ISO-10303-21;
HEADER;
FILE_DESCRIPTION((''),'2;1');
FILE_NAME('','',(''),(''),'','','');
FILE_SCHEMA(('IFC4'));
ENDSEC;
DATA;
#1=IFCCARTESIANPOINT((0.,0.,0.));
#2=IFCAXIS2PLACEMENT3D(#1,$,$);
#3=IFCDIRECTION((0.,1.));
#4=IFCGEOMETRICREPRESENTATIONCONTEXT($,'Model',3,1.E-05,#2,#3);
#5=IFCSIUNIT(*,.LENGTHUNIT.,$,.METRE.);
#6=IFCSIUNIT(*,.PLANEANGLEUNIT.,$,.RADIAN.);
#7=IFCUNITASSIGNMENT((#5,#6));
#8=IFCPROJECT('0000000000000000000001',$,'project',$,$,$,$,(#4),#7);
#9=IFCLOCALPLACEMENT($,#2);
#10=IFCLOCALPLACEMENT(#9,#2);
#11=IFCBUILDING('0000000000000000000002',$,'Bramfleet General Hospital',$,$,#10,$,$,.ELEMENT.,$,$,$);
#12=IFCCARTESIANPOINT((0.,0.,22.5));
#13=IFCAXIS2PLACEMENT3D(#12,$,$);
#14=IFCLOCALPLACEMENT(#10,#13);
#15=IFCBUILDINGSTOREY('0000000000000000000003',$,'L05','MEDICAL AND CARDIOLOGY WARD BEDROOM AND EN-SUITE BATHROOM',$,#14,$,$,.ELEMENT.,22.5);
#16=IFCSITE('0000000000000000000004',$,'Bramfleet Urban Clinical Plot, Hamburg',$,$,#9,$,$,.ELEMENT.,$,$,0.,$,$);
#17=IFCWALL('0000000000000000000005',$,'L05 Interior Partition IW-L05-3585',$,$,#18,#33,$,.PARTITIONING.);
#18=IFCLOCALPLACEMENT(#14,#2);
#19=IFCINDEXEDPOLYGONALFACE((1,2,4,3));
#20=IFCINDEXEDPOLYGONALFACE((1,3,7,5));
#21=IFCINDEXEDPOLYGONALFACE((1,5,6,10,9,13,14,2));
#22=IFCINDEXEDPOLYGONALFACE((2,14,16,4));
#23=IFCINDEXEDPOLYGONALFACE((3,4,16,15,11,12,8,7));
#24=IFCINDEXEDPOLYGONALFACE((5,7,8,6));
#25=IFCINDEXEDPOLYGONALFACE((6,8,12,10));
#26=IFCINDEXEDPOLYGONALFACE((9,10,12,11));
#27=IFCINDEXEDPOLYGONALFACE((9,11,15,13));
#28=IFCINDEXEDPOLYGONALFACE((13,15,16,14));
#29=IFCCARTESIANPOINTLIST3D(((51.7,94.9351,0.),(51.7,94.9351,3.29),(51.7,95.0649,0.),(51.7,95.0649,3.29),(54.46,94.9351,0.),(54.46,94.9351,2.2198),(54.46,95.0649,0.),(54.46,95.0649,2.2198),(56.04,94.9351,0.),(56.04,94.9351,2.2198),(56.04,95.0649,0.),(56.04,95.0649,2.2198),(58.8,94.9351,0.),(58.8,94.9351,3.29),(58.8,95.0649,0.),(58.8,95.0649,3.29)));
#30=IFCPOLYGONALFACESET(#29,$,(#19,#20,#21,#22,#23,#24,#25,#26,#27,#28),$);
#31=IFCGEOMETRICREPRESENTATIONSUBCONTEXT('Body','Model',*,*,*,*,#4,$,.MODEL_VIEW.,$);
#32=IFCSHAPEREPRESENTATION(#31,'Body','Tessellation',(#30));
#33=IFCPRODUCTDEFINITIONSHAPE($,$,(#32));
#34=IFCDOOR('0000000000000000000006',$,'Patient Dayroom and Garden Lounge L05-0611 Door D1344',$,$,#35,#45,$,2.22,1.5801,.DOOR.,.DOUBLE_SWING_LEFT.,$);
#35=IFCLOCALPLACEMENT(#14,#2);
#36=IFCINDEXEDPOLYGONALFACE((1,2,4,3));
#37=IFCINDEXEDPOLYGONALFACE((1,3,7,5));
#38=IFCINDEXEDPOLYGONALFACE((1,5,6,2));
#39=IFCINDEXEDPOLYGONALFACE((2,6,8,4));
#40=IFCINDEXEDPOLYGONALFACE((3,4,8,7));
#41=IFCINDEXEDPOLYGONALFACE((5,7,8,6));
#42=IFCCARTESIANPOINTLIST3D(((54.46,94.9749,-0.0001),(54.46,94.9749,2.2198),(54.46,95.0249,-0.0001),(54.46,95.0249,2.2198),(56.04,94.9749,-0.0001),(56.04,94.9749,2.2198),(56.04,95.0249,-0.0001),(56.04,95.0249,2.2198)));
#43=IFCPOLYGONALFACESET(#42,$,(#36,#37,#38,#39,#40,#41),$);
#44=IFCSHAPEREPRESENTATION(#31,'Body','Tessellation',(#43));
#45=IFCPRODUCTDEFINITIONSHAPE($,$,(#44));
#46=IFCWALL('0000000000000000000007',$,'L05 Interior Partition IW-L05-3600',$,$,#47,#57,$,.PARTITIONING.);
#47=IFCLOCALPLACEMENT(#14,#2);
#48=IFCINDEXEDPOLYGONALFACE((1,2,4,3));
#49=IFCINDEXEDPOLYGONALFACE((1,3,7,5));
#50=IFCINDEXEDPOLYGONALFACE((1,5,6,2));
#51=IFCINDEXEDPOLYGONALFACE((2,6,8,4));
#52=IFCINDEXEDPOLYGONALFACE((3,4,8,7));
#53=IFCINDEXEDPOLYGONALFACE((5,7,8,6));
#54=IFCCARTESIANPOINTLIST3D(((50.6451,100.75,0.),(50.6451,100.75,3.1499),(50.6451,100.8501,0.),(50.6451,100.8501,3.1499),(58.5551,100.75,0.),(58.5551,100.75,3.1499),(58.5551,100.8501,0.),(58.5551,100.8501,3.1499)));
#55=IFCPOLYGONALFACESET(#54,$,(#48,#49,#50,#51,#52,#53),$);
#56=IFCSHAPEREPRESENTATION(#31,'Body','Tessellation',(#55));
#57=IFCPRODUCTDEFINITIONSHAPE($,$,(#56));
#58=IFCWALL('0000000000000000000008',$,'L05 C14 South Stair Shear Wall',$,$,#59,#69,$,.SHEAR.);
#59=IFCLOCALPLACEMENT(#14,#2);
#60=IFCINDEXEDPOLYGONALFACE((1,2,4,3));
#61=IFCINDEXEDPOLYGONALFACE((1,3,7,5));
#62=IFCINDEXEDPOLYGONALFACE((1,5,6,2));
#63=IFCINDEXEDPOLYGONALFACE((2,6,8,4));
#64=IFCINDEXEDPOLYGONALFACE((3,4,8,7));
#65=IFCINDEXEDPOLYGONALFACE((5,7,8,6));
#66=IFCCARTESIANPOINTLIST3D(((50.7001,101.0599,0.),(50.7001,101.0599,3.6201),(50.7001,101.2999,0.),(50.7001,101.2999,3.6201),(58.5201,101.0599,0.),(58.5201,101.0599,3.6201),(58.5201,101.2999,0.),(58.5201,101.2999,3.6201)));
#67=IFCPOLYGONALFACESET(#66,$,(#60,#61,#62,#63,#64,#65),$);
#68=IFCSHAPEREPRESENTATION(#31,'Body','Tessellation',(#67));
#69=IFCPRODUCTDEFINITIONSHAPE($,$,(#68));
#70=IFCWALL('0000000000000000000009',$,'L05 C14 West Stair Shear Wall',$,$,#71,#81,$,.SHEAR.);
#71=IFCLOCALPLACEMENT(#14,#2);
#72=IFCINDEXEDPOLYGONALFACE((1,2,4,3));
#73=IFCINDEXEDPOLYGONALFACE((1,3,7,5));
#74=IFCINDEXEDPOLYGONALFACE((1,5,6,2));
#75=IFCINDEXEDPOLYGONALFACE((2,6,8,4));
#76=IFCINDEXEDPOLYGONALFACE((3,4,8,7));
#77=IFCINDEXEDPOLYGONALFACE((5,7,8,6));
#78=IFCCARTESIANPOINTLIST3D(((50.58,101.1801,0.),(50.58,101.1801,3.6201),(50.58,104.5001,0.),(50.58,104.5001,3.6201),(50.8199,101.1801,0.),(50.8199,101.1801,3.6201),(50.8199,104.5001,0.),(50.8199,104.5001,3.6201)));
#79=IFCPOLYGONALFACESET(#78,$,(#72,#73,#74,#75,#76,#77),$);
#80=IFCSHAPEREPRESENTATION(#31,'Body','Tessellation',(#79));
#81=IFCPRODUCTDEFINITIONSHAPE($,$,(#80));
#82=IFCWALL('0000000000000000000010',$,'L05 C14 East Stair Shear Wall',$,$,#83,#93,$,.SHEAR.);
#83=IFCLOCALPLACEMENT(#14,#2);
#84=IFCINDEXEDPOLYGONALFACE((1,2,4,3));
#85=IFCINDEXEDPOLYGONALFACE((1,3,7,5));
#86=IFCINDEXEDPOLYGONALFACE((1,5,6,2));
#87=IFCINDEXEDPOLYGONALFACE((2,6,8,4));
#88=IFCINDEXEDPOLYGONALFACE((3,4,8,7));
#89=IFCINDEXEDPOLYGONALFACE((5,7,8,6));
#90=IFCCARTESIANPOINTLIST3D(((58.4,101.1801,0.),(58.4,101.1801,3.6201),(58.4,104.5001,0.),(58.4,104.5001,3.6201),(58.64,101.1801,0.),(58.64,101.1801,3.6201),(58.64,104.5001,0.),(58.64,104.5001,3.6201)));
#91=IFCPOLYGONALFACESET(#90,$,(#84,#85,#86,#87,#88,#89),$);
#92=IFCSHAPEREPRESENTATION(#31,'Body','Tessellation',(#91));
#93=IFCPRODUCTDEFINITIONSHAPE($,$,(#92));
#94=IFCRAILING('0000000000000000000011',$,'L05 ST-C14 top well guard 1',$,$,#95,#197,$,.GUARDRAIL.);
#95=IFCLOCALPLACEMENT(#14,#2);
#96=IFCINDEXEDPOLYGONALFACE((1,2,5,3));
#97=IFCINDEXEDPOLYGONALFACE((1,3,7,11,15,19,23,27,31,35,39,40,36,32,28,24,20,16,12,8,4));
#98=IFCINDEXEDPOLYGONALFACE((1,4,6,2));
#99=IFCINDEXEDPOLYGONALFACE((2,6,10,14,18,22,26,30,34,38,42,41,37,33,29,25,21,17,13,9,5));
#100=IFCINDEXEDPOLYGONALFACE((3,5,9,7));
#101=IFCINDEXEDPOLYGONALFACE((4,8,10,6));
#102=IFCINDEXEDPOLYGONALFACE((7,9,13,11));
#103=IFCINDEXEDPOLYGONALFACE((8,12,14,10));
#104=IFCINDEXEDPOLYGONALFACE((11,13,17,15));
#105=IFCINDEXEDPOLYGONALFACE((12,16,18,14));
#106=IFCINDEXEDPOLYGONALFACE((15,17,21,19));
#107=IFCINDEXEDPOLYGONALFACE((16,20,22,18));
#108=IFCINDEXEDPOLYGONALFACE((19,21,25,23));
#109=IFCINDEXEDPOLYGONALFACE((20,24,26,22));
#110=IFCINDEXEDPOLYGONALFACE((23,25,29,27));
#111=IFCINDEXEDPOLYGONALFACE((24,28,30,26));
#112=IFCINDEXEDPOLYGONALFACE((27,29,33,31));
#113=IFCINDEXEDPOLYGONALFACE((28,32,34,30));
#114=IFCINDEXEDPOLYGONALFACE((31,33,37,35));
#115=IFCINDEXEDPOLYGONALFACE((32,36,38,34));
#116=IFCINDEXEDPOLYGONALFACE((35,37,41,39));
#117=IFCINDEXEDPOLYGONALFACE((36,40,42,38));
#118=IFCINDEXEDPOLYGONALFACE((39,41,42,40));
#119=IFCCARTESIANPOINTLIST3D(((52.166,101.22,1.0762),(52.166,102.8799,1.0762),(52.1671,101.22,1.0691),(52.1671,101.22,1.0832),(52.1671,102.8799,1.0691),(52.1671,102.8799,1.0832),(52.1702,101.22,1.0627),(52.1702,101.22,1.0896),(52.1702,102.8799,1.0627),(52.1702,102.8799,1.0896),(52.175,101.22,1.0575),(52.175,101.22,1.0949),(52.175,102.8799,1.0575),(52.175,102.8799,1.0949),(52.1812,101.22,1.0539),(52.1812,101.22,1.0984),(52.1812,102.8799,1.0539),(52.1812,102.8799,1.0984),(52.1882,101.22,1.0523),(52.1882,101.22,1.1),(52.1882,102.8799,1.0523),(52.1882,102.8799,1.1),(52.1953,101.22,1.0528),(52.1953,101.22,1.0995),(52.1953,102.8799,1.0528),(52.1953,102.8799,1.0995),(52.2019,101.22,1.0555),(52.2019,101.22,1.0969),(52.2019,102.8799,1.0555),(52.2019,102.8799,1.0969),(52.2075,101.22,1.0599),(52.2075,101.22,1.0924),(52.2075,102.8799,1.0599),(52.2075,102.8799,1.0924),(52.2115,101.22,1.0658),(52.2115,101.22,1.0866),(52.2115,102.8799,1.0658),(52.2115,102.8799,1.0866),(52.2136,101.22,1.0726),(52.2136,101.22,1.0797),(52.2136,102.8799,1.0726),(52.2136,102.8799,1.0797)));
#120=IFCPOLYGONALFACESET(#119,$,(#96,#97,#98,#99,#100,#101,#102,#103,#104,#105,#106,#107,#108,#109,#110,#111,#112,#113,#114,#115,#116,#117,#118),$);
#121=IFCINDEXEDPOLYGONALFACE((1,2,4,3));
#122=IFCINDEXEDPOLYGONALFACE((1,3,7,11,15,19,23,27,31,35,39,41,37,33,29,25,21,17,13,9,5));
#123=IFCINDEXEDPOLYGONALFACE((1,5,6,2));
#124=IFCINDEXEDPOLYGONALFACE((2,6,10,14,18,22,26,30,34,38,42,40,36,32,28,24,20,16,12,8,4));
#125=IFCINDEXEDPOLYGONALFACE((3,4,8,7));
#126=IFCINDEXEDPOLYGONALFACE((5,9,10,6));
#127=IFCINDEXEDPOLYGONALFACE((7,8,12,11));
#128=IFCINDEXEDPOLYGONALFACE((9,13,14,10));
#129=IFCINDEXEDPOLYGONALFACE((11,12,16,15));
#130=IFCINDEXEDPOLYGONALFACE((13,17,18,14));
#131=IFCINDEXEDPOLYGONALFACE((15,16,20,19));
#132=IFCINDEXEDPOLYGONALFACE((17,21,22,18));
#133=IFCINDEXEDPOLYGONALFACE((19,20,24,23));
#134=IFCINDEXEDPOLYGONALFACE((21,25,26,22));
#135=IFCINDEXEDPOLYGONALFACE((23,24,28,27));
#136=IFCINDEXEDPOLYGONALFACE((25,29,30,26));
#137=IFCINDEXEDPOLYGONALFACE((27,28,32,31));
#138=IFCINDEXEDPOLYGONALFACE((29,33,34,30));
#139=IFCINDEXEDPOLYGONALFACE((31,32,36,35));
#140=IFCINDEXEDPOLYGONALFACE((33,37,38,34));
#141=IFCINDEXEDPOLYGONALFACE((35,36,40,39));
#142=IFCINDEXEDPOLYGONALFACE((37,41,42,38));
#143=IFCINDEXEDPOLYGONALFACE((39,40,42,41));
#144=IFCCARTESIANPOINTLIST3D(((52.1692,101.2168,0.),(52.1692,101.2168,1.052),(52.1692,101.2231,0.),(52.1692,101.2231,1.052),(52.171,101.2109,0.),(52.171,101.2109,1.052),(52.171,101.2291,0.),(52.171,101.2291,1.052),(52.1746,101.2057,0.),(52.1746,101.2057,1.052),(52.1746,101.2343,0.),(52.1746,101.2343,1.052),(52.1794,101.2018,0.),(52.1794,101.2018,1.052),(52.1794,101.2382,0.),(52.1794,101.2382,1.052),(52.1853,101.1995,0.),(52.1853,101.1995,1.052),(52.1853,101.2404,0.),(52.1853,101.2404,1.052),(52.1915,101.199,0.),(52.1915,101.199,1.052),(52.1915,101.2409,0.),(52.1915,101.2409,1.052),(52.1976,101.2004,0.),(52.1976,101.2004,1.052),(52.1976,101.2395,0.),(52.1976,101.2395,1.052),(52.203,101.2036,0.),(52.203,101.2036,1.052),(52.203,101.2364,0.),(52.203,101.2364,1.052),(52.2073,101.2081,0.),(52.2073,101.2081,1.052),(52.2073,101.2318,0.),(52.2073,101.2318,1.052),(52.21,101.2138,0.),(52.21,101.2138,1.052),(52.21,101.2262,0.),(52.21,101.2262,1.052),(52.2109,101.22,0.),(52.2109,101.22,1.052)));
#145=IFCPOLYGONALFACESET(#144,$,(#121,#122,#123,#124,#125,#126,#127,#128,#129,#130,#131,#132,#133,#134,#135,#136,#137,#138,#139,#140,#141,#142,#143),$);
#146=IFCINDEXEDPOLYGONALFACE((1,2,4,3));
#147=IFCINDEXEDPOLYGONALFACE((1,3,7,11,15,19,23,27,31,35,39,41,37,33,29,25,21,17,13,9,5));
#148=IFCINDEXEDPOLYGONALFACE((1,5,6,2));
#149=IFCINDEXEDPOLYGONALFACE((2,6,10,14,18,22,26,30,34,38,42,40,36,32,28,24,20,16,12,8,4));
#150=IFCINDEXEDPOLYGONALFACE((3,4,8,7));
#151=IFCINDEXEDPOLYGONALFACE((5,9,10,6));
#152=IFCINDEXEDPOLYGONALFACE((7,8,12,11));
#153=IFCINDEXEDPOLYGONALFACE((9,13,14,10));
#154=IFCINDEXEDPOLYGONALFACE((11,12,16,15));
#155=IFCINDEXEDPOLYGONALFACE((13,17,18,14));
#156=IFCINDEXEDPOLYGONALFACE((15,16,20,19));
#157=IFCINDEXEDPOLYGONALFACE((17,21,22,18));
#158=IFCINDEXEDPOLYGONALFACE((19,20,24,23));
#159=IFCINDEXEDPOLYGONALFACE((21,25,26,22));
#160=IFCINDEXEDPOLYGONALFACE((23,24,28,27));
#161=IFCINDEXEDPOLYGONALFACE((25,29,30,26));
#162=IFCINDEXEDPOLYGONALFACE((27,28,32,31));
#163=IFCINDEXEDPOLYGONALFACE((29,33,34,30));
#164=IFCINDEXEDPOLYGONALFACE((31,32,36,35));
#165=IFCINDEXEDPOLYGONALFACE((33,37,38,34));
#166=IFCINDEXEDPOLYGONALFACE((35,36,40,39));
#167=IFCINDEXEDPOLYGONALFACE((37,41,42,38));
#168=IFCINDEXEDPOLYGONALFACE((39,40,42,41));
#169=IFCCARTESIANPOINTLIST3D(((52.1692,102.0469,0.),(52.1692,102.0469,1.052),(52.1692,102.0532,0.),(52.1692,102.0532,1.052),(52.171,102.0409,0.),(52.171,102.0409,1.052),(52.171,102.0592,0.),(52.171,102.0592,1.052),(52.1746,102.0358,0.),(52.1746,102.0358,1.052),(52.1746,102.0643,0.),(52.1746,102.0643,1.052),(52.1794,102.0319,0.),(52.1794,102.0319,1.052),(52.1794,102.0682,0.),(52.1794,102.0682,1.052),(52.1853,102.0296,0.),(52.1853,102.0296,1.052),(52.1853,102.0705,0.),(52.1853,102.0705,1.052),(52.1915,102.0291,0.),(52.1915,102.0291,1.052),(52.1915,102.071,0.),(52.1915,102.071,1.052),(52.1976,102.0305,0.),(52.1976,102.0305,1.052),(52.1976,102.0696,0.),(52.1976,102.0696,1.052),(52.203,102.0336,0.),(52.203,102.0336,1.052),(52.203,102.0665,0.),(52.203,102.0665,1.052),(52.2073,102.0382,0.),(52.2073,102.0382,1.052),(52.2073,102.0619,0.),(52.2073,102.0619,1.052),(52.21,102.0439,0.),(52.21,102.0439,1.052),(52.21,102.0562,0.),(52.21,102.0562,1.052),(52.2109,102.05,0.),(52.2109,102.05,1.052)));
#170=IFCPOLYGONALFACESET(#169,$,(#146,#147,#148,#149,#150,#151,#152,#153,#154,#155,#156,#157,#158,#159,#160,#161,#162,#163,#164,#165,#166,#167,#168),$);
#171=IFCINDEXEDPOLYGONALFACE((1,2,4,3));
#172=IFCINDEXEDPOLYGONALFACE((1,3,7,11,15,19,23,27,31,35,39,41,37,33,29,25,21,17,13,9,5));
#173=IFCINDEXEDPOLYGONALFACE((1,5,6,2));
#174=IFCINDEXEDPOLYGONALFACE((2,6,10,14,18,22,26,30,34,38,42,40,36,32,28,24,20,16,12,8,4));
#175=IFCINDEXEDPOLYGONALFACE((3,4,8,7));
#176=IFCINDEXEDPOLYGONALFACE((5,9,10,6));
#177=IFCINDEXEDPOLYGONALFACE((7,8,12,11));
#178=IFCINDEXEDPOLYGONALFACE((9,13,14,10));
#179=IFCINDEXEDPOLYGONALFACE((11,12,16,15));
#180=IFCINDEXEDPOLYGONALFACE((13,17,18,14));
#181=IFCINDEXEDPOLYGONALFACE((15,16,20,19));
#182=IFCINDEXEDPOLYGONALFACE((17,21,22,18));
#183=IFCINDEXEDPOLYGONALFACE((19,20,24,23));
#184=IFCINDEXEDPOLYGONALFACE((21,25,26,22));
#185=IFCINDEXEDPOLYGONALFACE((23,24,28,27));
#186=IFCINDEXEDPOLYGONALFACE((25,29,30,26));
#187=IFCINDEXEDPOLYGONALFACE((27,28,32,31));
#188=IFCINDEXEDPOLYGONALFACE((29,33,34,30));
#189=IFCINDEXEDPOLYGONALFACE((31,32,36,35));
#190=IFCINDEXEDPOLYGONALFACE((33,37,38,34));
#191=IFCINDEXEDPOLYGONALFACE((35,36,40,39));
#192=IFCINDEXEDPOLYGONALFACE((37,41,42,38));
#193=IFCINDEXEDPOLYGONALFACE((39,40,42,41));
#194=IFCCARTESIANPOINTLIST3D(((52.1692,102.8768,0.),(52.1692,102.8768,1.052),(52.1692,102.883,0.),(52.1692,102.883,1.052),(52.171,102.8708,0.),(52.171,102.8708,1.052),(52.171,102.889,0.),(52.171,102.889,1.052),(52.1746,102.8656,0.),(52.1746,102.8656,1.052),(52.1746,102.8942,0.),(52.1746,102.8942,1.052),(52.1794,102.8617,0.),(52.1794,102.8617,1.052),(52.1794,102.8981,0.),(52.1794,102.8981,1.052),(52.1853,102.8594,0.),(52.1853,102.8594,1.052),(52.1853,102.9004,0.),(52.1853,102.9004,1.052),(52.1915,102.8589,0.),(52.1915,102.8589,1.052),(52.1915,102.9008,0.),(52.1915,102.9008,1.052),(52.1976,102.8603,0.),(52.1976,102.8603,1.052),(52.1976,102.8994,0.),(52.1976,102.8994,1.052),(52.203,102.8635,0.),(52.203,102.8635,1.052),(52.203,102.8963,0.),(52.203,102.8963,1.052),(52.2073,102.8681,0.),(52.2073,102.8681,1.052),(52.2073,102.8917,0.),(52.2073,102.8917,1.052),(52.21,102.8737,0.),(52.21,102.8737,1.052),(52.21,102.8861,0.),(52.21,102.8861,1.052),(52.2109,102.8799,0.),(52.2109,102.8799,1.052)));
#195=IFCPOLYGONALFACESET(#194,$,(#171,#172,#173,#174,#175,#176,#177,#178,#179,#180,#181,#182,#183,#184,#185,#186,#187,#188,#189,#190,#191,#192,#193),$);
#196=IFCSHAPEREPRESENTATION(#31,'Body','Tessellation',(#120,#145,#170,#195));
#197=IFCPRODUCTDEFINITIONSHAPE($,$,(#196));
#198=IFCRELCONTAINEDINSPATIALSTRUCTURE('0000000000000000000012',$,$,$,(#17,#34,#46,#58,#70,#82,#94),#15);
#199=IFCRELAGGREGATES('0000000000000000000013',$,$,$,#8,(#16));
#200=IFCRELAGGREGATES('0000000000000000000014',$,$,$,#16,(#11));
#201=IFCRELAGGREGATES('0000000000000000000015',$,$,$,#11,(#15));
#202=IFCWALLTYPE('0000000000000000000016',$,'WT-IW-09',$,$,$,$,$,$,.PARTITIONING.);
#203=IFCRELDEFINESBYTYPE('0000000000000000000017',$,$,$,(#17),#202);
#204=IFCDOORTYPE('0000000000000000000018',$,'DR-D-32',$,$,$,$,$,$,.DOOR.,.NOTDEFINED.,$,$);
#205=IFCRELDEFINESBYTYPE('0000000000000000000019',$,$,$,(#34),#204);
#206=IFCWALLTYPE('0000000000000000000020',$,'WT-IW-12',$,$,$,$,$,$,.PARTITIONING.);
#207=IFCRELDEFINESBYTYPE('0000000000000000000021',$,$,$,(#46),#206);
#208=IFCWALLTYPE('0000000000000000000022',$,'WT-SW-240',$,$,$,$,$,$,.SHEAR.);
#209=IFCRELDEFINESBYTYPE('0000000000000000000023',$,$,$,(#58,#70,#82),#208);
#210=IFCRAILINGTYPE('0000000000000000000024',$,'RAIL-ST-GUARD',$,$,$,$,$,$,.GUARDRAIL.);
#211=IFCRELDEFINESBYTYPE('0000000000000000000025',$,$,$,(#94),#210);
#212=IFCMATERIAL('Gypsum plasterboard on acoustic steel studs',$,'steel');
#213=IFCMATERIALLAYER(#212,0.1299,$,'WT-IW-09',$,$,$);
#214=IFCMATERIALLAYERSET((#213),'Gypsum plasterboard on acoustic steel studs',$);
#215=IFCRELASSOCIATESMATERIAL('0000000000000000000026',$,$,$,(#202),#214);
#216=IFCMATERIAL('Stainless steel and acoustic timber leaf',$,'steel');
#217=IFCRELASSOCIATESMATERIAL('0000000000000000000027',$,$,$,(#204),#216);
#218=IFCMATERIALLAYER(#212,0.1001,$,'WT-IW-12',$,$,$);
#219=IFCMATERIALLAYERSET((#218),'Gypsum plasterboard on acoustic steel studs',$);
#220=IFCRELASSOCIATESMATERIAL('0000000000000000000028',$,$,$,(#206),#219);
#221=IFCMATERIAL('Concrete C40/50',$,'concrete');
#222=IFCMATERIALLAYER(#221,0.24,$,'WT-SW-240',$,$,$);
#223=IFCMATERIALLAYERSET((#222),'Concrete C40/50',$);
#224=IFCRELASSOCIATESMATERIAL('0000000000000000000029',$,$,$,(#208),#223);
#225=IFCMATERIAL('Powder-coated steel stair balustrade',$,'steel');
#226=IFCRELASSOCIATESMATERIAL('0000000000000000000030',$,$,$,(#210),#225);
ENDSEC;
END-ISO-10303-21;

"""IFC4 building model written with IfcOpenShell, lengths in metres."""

from ifc_helpers import new_model, si_unit, direction, frame, frame_2d, origin, origin_2d, place, context, subcontext, project, spatial, rectangle, circle, extrude, material, layer, layer_set, type_object, element, fill, save


model = new_model("IFC4")

# Units and contexts
model_context = context("Model", 3, precision=1e-05, world=origin(), true_north=direction((0.0, 1.0)))
body_context = subcontext(model_context, "Body", "Model", "MODEL_VIEW")
ifc_project = project(units=[si_unit("LENGTHUNIT", "METRE"), si_unit("PLANEANGLEUNIT", "RADIAN")], contexts=[model_context])

# Site, building, storey
site_placement = place(None, origin())
site = spatial("IfcSite", under=ifc_project, at=site_placement, Name="Bramfleet Urban Clinical Plot, Hamburg", CompositionType="ELEMENT", RefElevation=0.0)
building_placement = place(site_placement, origin())
building = spatial("IfcBuilding", under=site, at=building_placement, Name="Bramfleet General Hospital", CompositionType="ELEMENT")
storey_placement = place(building_placement, frame((0.0, 0.0, 22.5)))
storey = spatial("IfcBuildingStorey", under=building, at=storey_placement, Name="L05", Description="MEDICAL AND CARDIOLOGY WARD BEDROOM AND EN-SUITE BATHROOM", CompositionType="ELEMENT", Elevation=22.5)

# Shared definitions
ifc_material_1 = material(Name="Concrete C40/50", Category="concrete")

# Wall, opening, door
ifc_material_2 = material(Name="Gypsum plasterboard on acoustic steel studs", Category="steel")
ifc_layer_1 = layer(ifc_material_2, 0.1299, Name="WT-IW-09")
ifc_layer_set_1 = layer_set([ifc_layer_1], Name="Gypsum plasterboard on acoustic steel studs")
wall_type_1 = type_object("IfcWallType", Name="WT-IW-09", PredefinedType="PARTITIONING", material=ifc_layer_set_1)
wall_1_placement = place(storey_placement, frame((51.7, 95.0, 0.0), z_axis=(0.0, 0.0, 1.0), x_axis=(1.0, 0.0, 0.0)))
wall_1 = element("IfcWall", 1, at=wall_1_placement, inside=storey, type_object=wall_type_1, Name="L05 Interior Partition IW-L05-3585", PredefinedType="PARTITIONING", context=body_context, shape_type="SweptSolid", body=[
    extrude(rectangle(XDim=7.1001, YDim=0.1299, at=frame_2d((3.55, 0.0))), origin(), (0.0, 0.0, 1.0), 3.29),
])
opening_1_placement = place(wall_1_placement, frame((2.76, 0.0, 0.0)))
opening_1 = element("IfcOpeningElement", 2, at=opening_1_placement, cuts=wall_1, PredefinedType="OPENING", context=body_context, shape_type="SweptSolid", body=[
    extrude(rectangle(XDim=1.5801, YDim=2.22, at=frame_2d((0.79, 1.1099))), frame((0.0, 0.075, 0.0), z_axis=(0.0, -1.0, 0.0), x_axis=(1.0, 0.0, 0.0)), (0.0, 0.0, 1.0), 0.1499),
])
ifc_material_3 = material(Name="Stainless steel and acoustic timber leaf", Category="steel")
door_type_1 = type_object("IfcDoorType", Name="DR-D-32", OperationType="NOTDEFINED", PredefinedType="DOOR", material=ifc_material_3)
door_1_placement = place(opening_1_placement, origin())
door_1 = element("IfcDoor", 3, at=door_1_placement, inside=storey, type_object=door_type_1, Name="Patient Dayroom and Garden Lounge L05-0611 Door D1344", OperationType="DOUBLE_SWING_LEFT", OverallHeight=2.22, OverallWidth=1.5801, PredefinedType="DOOR", context=body_context, shape_type="SweptSolid", body=[
    extrude(rectangle(XDim=1.5801, YDim=2.22, at=frame_2d((0.79, 1.1099))), frame((0.0, 0.0249, 0.0), z_axis=(0.0, -1.0, 0.0), x_axis=(1.0, 0.0, 0.0)), (0.0, 0.0, 1.0), 0.05),
])
fill(opening_1, door_1)

# Walls
ifc_layer_2 = layer(ifc_material_2, 0.1001, Name="WT-IW-12")
ifc_layer_set_2 = layer_set([ifc_layer_2], Name="Gypsum plasterboard on acoustic steel studs")
wall_type_2 = type_object("IfcWallType", Name="WT-IW-12", PredefinedType="PARTITIONING", material=ifc_layer_set_2)
wall_2_placement = place(storey_placement, frame((50.645, 100.8, 0.0), z_axis=(0.0, 0.0, 1.0), x_axis=(1.0, 0.0, 0.0)))
element("IfcWall", 4, at=wall_2_placement, inside=storey, type_object=wall_type_2, Name="L05 Interior Partition IW-L05-3600", PredefinedType="PARTITIONING", context=body_context, shape_type="SweptSolid", body=[
    extrude(rectangle(XDim=7.9099, YDim=0.1001, at=frame_2d((3.9551, 0.0))), origin(), (0.0, 0.0, 1.0), 3.1499),
])
ifc_layer_3 = layer(ifc_material_1, 0.24, Name="WT-SW-240")
ifc_layer_set_3 = layer_set([ifc_layer_3], Name="Concrete C40/50")
wall_type_3 = type_object("IfcWallType", Name="WT-SW-240", PredefinedType="SHEAR", material=ifc_layer_set_3)
wall_3_placement = place(storey_placement, frame((50.7, 101.1799, 0.0), z_axis=(0.0, 0.0, 1.0), x_axis=(1.0, 0.0, 0.0)))
element("IfcWall", 5, at=wall_3_placement, inside=storey, type_object=wall_type_3, Name="L05 C14 South Stair Shear Wall", PredefinedType="SHEAR", context=body_context, shape_type="SweptSolid", body=[
    extrude(rectangle(XDim=7.8201, YDim=0.24, at=frame_2d((3.9102, 0.0))), origin(), (0.0, 0.0, 1.0), 3.6201),
])
for number, where, z_axis, x_axis, name in (
    (6, (50.7, 101.1799, 0.0), (0.0, 0.0, 1.0), (0.0, 1.0, 0.0), "L05 C14 West Stair Shear Wall"),
    (7, (58.52, 101.1799, 0.0), (0.0, 0.0, 1.0), (0.0, 1.0, 0.0), "L05 C14 East Stair Shear Wall"),
):
    element("IfcWall", number, at=place(storey_placement, frame(where, z_axis=z_axis, x_axis=x_axis)), inside=storey, type_object=wall_type_3, Name=name, PredefinedType="SHEAR", context=body_context, shape_type="SweptSolid", body=[
        extrude(rectangle(XDim=3.3201, YDim=0.24, at=frame_2d((1.6602, 0.0))), origin(), (0.0, 0.0, 1.0), 3.6201),
    ])

# Railing
ifc_material_4 = material(Name="Powder-coated steel stair balustrade", Category="steel")
railing_type_1 = type_object("IfcRailingType", Name="RAIL-ST-GUARD", PredefinedType="GUARDRAIL", material=ifc_material_4)
railing_1_placement = place(storey_placement, frame((52.1899, 101.22, 0.0)))
element("IfcRailing", 8, at=railing_1_placement, inside=storey, type_object=railing_type_1, Name="L05 ST-C14 top well guard 1", PredefinedType="GUARDRAIL", context=body_context, shape_type="SweptSolid", body=[
    extrude(circle(Radius=0.0239, at=origin_2d()), frame((0.0, 0.0, 1.0762), z_axis=(0.0, 1.0, 0.0), x_axis=(-1.0, 0.0, 0.0)), (0.0, 0.0, 1.0), 1.6599),
    extrude(circle(Radius=0.021, at=origin_2d()), origin(), (0.0, 0.0, 1.0), 1.052),
    extrude(circle(Radius=0.021, at=origin_2d()), frame((0.0, 0.8301, 0.0)), (0.0, 0.0, 1.0), 1.052),
    extrude(circle(Radius=0.021, at=origin_2d()), frame((0.0, 1.6599, 0.0)), (0.0, 0.0, 1.0), 1.052),
])

save(model, "model.ifc")
